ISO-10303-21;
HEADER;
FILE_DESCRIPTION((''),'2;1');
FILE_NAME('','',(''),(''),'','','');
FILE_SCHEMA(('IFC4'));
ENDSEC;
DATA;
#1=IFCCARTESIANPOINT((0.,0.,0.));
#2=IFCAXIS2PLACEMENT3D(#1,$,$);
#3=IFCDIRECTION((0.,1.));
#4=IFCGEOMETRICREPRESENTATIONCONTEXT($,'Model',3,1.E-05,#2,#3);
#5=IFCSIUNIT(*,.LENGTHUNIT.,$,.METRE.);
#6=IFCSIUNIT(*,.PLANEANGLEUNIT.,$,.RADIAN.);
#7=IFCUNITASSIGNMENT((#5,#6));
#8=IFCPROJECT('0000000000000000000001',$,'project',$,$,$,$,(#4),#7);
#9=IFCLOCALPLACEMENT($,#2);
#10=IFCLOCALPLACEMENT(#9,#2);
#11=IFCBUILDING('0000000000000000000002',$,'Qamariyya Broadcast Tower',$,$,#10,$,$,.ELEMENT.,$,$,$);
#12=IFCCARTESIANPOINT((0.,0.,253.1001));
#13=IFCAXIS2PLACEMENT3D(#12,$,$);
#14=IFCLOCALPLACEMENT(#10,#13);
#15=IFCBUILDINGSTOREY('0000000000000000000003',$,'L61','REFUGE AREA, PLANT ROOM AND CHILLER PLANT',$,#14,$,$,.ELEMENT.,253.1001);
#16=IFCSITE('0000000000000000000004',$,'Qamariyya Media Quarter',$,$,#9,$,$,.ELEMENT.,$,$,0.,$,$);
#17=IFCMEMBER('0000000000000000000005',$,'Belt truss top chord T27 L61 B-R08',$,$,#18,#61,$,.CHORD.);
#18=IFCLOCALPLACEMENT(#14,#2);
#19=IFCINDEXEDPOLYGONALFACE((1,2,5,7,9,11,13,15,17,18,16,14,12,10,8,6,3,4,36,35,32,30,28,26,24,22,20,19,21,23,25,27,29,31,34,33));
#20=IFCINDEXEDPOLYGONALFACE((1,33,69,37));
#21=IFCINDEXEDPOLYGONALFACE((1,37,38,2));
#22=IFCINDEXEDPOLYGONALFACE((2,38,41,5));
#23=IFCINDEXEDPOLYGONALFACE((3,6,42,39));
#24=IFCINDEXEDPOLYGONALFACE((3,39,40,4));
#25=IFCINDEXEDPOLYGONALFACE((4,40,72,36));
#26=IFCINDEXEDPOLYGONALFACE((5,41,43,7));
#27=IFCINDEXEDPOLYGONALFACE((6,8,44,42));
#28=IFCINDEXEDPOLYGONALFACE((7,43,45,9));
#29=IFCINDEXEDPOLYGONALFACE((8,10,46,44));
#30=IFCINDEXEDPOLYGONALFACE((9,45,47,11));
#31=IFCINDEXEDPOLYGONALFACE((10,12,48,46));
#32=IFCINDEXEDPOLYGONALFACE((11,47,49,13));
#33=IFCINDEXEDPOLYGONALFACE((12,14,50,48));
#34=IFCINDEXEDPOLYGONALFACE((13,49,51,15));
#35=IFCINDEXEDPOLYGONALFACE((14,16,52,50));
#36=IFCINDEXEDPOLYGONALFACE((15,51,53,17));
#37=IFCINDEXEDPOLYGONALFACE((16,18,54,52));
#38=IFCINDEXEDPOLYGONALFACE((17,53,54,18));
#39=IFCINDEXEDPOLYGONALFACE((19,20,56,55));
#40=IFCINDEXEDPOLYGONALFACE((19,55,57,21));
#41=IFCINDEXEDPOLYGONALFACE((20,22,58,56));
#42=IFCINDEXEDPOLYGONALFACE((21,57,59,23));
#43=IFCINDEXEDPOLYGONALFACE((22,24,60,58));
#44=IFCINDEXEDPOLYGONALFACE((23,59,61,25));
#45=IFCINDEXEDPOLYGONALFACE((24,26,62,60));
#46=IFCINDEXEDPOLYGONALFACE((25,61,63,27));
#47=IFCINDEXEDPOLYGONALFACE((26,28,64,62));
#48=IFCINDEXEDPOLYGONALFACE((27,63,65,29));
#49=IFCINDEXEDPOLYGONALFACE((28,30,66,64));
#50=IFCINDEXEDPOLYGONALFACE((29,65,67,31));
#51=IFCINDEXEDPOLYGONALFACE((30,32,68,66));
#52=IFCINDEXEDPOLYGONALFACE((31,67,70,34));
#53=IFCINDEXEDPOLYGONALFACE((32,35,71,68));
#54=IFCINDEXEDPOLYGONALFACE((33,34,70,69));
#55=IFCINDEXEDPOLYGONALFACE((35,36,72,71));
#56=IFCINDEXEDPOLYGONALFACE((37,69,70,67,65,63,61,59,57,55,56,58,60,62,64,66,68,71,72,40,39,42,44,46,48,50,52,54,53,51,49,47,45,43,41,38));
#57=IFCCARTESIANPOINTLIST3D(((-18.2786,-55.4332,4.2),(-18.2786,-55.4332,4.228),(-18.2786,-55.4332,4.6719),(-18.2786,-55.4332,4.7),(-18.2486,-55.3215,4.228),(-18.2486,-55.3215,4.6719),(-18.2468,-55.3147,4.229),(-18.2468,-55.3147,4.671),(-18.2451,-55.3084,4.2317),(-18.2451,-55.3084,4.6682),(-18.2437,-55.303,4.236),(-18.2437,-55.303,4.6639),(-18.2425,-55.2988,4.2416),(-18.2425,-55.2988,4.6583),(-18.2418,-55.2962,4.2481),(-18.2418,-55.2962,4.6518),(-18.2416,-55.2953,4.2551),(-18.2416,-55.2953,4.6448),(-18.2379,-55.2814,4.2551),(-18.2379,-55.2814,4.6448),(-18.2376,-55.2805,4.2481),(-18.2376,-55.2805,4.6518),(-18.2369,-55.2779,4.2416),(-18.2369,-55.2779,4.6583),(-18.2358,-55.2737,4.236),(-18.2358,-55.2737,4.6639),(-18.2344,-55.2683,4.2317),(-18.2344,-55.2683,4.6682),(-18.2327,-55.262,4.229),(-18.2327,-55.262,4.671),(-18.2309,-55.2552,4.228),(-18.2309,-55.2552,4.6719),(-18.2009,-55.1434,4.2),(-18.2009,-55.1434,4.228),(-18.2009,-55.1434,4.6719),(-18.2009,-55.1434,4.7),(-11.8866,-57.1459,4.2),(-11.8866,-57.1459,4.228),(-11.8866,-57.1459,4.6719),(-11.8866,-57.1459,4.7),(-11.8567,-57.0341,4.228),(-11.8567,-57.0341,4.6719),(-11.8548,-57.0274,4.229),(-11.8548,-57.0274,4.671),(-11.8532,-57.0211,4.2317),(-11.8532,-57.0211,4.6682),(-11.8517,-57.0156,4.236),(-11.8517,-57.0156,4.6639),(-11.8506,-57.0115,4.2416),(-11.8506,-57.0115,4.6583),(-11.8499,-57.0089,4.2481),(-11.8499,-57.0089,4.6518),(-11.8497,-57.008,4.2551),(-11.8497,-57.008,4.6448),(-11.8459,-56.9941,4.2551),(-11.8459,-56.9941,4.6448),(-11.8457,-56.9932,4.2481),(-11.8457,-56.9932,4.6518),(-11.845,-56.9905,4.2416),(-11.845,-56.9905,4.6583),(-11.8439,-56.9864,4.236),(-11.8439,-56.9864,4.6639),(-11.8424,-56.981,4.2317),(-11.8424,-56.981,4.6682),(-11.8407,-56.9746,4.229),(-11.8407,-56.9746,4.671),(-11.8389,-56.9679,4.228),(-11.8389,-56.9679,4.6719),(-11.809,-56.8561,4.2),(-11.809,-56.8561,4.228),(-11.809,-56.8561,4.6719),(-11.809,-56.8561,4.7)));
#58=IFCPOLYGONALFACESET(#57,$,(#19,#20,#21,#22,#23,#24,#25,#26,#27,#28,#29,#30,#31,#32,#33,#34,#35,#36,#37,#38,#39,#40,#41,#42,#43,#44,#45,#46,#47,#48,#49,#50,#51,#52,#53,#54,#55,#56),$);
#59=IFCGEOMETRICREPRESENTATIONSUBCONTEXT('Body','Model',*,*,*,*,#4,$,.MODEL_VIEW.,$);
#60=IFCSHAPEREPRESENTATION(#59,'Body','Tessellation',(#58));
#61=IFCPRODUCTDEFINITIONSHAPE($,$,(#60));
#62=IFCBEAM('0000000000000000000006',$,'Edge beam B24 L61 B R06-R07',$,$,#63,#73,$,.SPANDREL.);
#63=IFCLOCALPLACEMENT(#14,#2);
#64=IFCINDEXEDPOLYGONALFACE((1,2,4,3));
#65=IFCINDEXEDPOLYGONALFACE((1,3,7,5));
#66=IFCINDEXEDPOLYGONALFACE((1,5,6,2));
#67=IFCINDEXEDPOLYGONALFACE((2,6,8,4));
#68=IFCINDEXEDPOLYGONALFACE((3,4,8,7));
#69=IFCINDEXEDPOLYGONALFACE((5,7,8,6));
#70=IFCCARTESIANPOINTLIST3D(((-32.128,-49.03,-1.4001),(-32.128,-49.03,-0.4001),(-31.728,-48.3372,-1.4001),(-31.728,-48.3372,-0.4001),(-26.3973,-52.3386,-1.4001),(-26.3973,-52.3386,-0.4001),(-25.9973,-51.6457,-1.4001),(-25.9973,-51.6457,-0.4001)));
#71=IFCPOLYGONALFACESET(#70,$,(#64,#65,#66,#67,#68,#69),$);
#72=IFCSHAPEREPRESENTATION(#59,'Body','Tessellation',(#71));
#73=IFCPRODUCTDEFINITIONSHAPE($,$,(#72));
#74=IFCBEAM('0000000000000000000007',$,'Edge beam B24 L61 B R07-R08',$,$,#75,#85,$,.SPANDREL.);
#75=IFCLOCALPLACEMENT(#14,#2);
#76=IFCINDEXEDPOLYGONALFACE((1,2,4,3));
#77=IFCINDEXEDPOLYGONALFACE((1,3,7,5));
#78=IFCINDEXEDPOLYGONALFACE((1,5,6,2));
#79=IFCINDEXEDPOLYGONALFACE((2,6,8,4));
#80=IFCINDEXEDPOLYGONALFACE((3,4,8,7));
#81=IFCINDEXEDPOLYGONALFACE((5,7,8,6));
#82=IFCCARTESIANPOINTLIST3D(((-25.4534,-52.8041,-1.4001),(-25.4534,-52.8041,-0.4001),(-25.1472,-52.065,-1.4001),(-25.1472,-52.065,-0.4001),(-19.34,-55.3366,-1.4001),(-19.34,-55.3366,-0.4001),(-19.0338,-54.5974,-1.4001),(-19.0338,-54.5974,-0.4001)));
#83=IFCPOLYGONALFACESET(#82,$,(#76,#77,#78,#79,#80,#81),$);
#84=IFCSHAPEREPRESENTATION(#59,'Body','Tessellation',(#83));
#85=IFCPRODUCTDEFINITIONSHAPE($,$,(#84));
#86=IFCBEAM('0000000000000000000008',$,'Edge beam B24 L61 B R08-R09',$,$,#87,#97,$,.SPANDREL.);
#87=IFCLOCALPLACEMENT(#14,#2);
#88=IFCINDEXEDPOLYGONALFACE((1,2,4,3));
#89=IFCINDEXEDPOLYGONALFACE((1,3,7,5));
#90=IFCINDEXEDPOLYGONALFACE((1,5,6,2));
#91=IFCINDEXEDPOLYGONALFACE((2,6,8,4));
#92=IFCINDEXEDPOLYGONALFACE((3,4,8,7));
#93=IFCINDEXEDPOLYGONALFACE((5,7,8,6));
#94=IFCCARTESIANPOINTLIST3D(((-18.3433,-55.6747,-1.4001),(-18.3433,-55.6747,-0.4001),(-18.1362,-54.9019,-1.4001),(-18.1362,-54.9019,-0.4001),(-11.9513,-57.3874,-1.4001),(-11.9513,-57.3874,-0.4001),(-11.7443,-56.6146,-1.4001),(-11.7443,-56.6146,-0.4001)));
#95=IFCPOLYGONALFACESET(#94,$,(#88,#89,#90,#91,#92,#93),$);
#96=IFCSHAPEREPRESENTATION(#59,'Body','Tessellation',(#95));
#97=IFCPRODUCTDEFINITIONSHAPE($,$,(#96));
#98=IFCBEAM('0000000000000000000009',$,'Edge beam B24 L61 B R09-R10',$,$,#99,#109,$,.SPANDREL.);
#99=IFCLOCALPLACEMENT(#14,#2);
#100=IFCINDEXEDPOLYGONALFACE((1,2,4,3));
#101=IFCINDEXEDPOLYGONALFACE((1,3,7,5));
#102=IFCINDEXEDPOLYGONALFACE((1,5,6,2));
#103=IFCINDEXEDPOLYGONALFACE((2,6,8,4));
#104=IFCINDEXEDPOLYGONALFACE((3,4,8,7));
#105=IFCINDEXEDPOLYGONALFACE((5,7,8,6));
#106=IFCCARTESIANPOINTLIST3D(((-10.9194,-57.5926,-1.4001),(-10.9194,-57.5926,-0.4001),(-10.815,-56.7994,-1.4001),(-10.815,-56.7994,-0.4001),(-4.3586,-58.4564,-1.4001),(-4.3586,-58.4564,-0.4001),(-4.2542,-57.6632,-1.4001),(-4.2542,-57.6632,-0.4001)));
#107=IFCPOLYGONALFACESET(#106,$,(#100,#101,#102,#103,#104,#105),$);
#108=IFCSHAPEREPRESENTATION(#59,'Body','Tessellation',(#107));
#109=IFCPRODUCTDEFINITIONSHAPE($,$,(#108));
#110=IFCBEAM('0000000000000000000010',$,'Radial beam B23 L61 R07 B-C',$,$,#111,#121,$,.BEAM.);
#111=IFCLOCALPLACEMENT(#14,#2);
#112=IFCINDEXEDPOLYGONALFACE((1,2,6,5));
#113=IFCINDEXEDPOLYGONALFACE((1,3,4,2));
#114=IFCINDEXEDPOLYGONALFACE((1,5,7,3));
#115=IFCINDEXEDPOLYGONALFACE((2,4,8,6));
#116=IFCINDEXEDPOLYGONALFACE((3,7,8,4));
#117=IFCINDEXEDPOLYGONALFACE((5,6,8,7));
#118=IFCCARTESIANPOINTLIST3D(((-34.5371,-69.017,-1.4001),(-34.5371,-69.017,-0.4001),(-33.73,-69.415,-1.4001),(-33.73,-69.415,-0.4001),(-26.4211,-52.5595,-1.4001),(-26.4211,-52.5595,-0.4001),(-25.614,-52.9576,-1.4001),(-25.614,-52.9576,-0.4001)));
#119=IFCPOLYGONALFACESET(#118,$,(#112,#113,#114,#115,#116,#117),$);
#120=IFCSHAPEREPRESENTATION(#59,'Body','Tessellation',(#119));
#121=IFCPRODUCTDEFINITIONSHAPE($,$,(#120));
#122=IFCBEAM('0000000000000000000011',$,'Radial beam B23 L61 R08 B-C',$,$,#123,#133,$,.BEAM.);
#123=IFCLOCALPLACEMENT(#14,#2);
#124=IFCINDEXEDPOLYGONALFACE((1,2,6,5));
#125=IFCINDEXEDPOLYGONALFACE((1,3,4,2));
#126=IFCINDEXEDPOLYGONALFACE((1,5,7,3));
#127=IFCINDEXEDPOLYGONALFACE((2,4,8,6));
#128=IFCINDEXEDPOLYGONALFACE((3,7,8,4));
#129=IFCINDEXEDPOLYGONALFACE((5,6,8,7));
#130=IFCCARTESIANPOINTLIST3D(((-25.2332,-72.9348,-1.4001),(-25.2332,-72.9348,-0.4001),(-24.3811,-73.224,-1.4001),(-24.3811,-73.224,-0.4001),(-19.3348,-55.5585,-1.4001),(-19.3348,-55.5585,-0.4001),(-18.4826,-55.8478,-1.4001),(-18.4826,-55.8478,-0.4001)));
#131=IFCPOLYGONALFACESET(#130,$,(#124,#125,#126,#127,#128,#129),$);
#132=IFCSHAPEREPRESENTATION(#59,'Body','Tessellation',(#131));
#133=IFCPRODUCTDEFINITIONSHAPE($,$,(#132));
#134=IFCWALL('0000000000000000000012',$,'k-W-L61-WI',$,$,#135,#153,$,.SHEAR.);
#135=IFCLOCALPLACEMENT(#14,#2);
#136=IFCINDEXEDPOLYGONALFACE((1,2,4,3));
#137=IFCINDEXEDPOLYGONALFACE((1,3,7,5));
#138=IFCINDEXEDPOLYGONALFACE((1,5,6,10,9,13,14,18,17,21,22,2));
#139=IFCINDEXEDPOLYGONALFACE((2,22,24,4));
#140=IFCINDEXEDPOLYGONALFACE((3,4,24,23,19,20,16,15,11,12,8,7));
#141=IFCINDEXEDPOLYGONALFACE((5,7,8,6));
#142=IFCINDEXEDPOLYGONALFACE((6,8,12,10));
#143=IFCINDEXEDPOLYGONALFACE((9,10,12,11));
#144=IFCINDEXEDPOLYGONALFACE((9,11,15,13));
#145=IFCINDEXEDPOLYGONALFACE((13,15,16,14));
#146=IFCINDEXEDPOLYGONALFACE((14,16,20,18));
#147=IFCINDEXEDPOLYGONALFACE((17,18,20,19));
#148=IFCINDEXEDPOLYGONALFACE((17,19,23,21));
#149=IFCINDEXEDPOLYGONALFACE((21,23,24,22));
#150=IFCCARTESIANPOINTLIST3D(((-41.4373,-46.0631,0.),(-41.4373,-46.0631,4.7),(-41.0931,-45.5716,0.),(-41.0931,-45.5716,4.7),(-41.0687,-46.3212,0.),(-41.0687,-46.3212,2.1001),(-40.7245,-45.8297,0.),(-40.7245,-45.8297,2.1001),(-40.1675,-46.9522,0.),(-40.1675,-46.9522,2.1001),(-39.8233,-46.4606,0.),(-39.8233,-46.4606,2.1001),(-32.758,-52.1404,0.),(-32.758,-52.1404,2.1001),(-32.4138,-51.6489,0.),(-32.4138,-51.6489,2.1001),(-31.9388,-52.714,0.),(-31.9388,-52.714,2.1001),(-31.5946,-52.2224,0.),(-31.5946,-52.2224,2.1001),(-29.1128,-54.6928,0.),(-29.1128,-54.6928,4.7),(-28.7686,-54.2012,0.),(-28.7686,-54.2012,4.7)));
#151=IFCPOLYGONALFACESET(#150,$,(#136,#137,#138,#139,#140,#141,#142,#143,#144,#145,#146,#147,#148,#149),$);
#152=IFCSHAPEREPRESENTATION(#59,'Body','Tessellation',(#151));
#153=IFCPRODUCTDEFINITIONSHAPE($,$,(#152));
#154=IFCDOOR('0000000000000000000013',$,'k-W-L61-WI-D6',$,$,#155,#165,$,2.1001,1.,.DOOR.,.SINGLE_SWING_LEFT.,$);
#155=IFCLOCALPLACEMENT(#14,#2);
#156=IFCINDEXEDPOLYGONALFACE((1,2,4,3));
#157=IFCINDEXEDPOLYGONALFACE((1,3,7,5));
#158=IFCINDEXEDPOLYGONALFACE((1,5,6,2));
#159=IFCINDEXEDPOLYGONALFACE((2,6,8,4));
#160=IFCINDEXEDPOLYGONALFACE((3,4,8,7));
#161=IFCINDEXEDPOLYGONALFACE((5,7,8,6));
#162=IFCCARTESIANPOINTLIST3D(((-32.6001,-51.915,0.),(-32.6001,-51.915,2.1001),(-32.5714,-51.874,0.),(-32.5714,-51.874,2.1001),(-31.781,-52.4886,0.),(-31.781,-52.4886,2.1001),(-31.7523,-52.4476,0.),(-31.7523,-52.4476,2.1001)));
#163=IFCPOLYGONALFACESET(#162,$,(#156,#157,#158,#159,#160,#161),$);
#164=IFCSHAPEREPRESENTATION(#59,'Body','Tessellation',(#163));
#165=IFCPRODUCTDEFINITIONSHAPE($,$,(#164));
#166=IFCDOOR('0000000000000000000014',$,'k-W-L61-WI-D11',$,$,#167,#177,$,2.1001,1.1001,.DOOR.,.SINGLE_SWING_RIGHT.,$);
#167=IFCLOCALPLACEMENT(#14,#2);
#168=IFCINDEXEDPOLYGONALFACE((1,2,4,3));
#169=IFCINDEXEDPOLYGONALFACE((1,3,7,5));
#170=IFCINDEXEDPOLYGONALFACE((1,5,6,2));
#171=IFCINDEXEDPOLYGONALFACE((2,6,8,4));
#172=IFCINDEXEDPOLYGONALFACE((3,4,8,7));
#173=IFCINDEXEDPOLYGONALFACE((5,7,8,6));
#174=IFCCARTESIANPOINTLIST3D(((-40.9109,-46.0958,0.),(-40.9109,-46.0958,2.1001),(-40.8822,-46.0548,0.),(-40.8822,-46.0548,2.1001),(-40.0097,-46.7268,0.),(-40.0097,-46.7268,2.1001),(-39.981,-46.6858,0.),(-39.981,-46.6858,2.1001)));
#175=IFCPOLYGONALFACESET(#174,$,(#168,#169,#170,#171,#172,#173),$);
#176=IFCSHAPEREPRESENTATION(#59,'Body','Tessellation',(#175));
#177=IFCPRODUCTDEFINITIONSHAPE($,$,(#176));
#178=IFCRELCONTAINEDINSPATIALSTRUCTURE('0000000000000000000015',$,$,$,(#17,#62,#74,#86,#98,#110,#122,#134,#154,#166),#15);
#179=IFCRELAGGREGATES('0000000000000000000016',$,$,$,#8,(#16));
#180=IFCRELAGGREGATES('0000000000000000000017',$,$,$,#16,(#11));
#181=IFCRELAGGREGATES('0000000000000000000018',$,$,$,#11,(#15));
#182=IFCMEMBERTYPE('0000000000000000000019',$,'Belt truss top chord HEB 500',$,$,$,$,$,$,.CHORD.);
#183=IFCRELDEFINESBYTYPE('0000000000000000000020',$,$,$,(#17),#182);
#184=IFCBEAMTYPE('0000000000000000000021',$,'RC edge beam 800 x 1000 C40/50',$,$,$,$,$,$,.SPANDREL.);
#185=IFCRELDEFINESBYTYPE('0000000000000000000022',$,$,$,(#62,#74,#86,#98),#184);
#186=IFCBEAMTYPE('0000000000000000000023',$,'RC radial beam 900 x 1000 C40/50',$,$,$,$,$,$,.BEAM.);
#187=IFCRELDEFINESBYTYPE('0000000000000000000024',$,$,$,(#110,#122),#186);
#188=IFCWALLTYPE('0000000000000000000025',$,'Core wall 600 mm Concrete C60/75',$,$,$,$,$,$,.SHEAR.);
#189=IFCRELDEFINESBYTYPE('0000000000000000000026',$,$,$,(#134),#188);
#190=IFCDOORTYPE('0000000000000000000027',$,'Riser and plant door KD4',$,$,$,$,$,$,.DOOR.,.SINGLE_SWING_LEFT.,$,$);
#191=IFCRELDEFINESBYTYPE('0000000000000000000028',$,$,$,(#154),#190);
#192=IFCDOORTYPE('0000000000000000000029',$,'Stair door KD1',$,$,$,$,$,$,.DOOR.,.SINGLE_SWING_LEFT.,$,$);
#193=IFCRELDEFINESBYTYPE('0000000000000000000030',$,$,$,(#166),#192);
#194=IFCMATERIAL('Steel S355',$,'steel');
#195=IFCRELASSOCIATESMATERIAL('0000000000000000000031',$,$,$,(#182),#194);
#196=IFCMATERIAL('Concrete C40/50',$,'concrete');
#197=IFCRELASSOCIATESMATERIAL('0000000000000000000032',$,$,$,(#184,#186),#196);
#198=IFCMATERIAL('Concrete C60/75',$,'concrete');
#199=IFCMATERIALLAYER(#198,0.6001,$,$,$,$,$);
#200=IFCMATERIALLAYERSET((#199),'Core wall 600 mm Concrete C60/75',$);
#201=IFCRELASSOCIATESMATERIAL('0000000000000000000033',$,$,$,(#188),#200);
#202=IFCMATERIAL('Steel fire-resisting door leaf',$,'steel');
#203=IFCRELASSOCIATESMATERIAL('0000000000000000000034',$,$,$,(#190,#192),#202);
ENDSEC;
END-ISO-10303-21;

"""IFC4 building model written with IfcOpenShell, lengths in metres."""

from ifc_helpers import new_model, si_unit, direction, frame, frame_2d, origin, origin_2d, place, context, subcontext, project, spatial, rectangle, i_section, extrude, material, layer, layer_set, material_profile, profile_set, type_object, element, fill, save


model = new_model("IFC4")

# Units and contexts
model_context = context("Model", 3, precision=1e-05, world=origin(), true_north=direction((0.0, 1.0)))
body_context = subcontext(model_context, "Body", "Model", "MODEL_VIEW")
ifc_project = project(units=[si_unit("LENGTHUNIT", "METRE"), si_unit("PLANEANGLEUNIT", "RADIAN")], contexts=[model_context])

# Site, building, storey
site_placement = place(None, origin())
site = spatial("IfcSite", under=ifc_project, at=site_placement, Name="Qamariyya Media Quarter", CompositionType="ELEMENT", RefElevation=0.0)
building_placement = place(site_placement, origin())
building = spatial("IfcBuilding", under=site, at=building_placement, Name="Qamariyya Broadcast Tower", CompositionType="ELEMENT")
storey_placement = place(building_placement, frame((0.0, 0.0, 253.1001)))
storey = spatial("IfcBuildingStorey", under=building, at=storey_placement, Name="L61", Description="REFUGE AREA, PLANT ROOM AND CHILLER PLANT", CompositionType="ELEMENT", Elevation=253.1001)

# Shared definitions
ifc_material_1 = material(Name="Concrete C60/75", Category="concrete")

# Member
ifc_material_2 = material(Name="Steel S355", Category="steel")
ifc_material_profile_1 = material_profile(ifc_material_2, i_section(OverallWidth=0.3, OverallDepth=0.5, WebThickness=0.0144, FlangeThickness=0.0281, FilletRadius=0.0271, at=origin_2d()))
ifc_profile_set_1 = profile_set([ifc_material_profile_1], Name="Steel S355")
member_type_1 = type_object("IfcMemberType", Name="Belt truss top chord HEB 500", PredefinedType="CHORD", material=ifc_profile_set_1)
member_1_placement = place(storey_placement, frame((-18.2397, -55.2883, 4.45), z_axis=(0.965927, -0.258813, 0.0), x_axis=(0.258813, 0.965927, 0.0)))
element("IfcMember", 1, at=member_1_placement, inside=storey, type_object=member_type_1, Name="Belt truss top chord T27 L61 B-R08", PredefinedType="CHORD", context=body_context, shape_type="SweptSolid", body=[
    extrude(i_section(OverallWidth=0.3, OverallDepth=0.5, WebThickness=0.0144, FlangeThickness=0.0281, FilletRadius=0.0271, at=origin_2d()), origin(), (0.0, 0.0, 1.0), 6.6174),
])

# Beams
ifc_material_3 = material(Name="Concrete C40/50", Category="concrete")
ifc_material_profile_2 = material_profile(ifc_material_3, rectangle(XDim=0.8, YDim=1.0, at=origin_2d()))
ifc_profile_set_2 = profile_set([ifc_material_profile_2], Name="Concrete C40/50")
beam_type_1 = type_object("IfcBeamType", Name="RC edge beam 800 x 1000 C40/50", PredefinedType="SPANDREL", material=ifc_profile_set_2)
for number, where, z_axis, x_axis, name in (
    (2, (-31.928, -48.6836, -0.9001), (0.866028, -0.499996, 0.0), (0.499996, 0.866028, 0.0), "Edge beam B24 L61 B R06-R07"),
    (3, (-25.3003, -52.4346, -0.9001), (0.923871, -0.382705, 0.0), (0.382705, 0.923871, 0.0), "Edge beam B24 L61 B R07-R08"),
):
    element("IfcBeam", number, at=place(storey_placement, frame(where, z_axis=z_axis, x_axis=x_axis)), inside=storey, type_object=beam_type_1, Name=name, PredefinedType="SPANDREL", context=body_context, shape_type="SweptSolid", body=[
        extrude(rectangle(XDim=0.8, YDim=1.0, at=origin_2d()), origin(), (0.0, 0.0, 1.0), 6.6172),
    ])
for number, where, z_axis, x_axis, name in (
    (4, (-18.2397, -55.2883, -0.9001), (0.965927, -0.258813, 0.0), (0.258813, 0.965927, 0.0), "Edge beam B24 L61 B R08-R09"),
    (5, (-10.8672, -57.196, -0.9001), (0.991444, -0.13053, 0.0), (0.13053, 0.991444, 0.0), "Edge beam B24 L61 B R09-R10"),
):
    element("IfcBeam", number, at=place(storey_placement, frame(where, z_axis=z_axis, x_axis=x_axis)), inside=storey, type_object=beam_type_1, Name=name, PredefinedType="SPANDREL", context=body_context, shape_type="SweptSolid", body=[
        extrude(rectangle(XDim=0.8, YDim=1.0, at=origin_2d()), origin(), (0.0, 0.0, 1.0), 6.6174),
    ])
ifc_material_profile_3 = material_profile(ifc_material_3, rectangle(XDim=0.8999, YDim=1.0, at=origin_2d()))
ifc_profile_set_3 = profile_set([ifc_material_profile_3], Name="Concrete C40/50")
beam_type_2 = type_object("IfcBeamType", Name="RC radial beam 900 x 1000 C40/50", PredefinedType="BEAM", material=ifc_profile_set_3)
beam_1_placement = place(storey_placement, frame((-26.0176, -52.7585, -0.9001), z_axis=(-0.442289, -0.896872, 0.0), x_axis=(0.896872, -0.442289, 0.0)))
element("IfcBeam", 6, at=beam_1_placement, inside=storey, type_object=beam_type_2, Name="Radial beam B23 L61 R07 B-C", PredefinedType="BEAM", context=body_context, shape_type="SweptSolid", body=[
    extrude(rectangle(XDim=0.8999, YDim=1.0, at=origin_2d()), origin(), (0.0, 0.0, 1.0), 18.3499),
])
beam_2_placement = place(storey_placement, frame((-18.9087, -55.7031, -0.9001), z_axis=(-0.32144, -0.94693, 0.0), x_axis=(0.94693, -0.32144, 0.0)))
element("IfcBeam", 7, at=beam_2_placement, inside=storey, type_object=beam_type_2, Name="Radial beam B23 L61 R08 B-C", PredefinedType="BEAM", context=body_context, shape_type="SweptSolid", body=[
    extrude(rectangle(XDim=0.8999, YDim=1.0, at=origin_2d()), origin(), (0.0, 0.0, 1.0), 18.3501),
])

# Wall, openings, doors
ifc_layer_1 = layer(ifc_material_1, 0.6001)
ifc_layer_set_1 = layer_set([ifc_layer_1], Name="Core wall 600 mm Concrete C60/75")
wall_type_1 = type_object("IfcWallType", Name="Core wall 600 mm Concrete C60/75", PredefinedType="SHEAR", material=ifc_layer_set_1)
wall_1_placement = place(storey_placement, frame((-28.9407, -54.447, 0.0), z_axis=(0.0, 0.0, 1.0), x_axis=(-0.819153, 0.573575, 0.0)))
wall_1 = element("IfcWall", 8, at=wall_1_placement, inside=storey, type_object=wall_type_1, Name="k-W-L61-WI", PredefinedType="SHEAR", context=body_context, shape_type="SweptSolid", body=[
    extrude(rectangle(XDim=15.0454, YDim=0.6001, at=frame_2d((7.5227, 0.0))), origin(), (0.0, 0.0, 1.0), 4.7),
])
opening_1_placement = place(wall_1_placement, frame((3.45, 0.0, 0.0)))
opening_1 = element("IfcOpeningElement", 9, at=opening_1_placement, cuts=wall_1, PredefinedType="OPENING", context=body_context, shape_type="SweptSolid", body=[
    extrude(rectangle(XDim=1.0, YDim=2.1001, at=frame_2d((0.5, 1.05))), frame((0.0, 0.3101, 0.0), z_axis=(0.0, -1.0, 0.0), x_axis=(1.0, 0.0, 0.0)), (0.0, 0.0, 1.0), 0.6201),
])
opening_2_placement = place(wall_1_placement, frame((13.4954, 0.0, 0.0)))
opening_2 = element("IfcOpeningElement", 10, at=opening_2_placement, cuts=wall_1, PredefinedType="OPENING", context=body_context, shape_type="SweptSolid", body=[
    extrude(rectangle(XDim=1.1001, YDim=2.1001, at=frame_2d((0.55, 1.05))), frame((0.0, 0.3101, 0.0), z_axis=(0.0, -1.0, 0.0), x_axis=(1.0, 0.0, 0.0)), (0.0, 0.0, 1.0), 0.6201),
])
ifc_material_4 = material(Name="Steel fire-resisting door leaf", Category="steel")
door_type_1 = type_object("IfcDoorType", Name="Riser and plant door KD4", OperationType="SINGLE_SWING_LEFT", PredefinedType="DOOR", material=ifc_material_4)
door_1_placement = place(opening_1_placement, origin())
door_1 = element("IfcDoor", 11, at=door_1_placement, inside=storey, type_object=door_type_1, Name="k-W-L61-WI-D6", OperationType="SINGLE_SWING_LEFT", OverallHeight=2.1001, OverallWidth=1.0, PredefinedType="DOOR", context=body_context, shape_type="SweptSolid", body=[
    extrude(rectangle(XDim=1.0, YDim=2.1001, at=frame_2d((0.5, 1.05))), frame((0.0, 0.0249, 0.0), z_axis=(0.0, -1.0, 0.0), x_axis=(1.0, 0.0, 0.0)), (0.0, 0.0, 1.0), 0.05),
])
fill(opening_1, door_1)
door_type_2 = type_object("IfcDoorType", Name="Stair door KD1", OperationType="SINGLE_SWING_LEFT", PredefinedType="DOOR", material=ifc_material_4)
door_2_placement = place(opening_2_placement, origin())
door_2 = element("IfcDoor", 12, at=door_2_placement, inside=storey, type_object=door_type_2, Name="k-W-L61-WI-D11", OperationType="SINGLE_SWING_RIGHT", OverallHeight=2.1001, OverallWidth=1.1001, PredefinedType="DOOR", context=body_context, shape_type="SweptSolid", body=[
    extrude(rectangle(XDim=1.1001, YDim=2.1001, at=frame_2d((0.55, 1.05))), frame((0.0, 0.0249, 0.0), z_axis=(0.0, -1.0, 0.0), x_axis=(1.0, 0.0, 0.0)), (0.0, 0.0, 1.0), 0.05),
])
fill(opening_2, door_2)

save(model, "model.ifc")
